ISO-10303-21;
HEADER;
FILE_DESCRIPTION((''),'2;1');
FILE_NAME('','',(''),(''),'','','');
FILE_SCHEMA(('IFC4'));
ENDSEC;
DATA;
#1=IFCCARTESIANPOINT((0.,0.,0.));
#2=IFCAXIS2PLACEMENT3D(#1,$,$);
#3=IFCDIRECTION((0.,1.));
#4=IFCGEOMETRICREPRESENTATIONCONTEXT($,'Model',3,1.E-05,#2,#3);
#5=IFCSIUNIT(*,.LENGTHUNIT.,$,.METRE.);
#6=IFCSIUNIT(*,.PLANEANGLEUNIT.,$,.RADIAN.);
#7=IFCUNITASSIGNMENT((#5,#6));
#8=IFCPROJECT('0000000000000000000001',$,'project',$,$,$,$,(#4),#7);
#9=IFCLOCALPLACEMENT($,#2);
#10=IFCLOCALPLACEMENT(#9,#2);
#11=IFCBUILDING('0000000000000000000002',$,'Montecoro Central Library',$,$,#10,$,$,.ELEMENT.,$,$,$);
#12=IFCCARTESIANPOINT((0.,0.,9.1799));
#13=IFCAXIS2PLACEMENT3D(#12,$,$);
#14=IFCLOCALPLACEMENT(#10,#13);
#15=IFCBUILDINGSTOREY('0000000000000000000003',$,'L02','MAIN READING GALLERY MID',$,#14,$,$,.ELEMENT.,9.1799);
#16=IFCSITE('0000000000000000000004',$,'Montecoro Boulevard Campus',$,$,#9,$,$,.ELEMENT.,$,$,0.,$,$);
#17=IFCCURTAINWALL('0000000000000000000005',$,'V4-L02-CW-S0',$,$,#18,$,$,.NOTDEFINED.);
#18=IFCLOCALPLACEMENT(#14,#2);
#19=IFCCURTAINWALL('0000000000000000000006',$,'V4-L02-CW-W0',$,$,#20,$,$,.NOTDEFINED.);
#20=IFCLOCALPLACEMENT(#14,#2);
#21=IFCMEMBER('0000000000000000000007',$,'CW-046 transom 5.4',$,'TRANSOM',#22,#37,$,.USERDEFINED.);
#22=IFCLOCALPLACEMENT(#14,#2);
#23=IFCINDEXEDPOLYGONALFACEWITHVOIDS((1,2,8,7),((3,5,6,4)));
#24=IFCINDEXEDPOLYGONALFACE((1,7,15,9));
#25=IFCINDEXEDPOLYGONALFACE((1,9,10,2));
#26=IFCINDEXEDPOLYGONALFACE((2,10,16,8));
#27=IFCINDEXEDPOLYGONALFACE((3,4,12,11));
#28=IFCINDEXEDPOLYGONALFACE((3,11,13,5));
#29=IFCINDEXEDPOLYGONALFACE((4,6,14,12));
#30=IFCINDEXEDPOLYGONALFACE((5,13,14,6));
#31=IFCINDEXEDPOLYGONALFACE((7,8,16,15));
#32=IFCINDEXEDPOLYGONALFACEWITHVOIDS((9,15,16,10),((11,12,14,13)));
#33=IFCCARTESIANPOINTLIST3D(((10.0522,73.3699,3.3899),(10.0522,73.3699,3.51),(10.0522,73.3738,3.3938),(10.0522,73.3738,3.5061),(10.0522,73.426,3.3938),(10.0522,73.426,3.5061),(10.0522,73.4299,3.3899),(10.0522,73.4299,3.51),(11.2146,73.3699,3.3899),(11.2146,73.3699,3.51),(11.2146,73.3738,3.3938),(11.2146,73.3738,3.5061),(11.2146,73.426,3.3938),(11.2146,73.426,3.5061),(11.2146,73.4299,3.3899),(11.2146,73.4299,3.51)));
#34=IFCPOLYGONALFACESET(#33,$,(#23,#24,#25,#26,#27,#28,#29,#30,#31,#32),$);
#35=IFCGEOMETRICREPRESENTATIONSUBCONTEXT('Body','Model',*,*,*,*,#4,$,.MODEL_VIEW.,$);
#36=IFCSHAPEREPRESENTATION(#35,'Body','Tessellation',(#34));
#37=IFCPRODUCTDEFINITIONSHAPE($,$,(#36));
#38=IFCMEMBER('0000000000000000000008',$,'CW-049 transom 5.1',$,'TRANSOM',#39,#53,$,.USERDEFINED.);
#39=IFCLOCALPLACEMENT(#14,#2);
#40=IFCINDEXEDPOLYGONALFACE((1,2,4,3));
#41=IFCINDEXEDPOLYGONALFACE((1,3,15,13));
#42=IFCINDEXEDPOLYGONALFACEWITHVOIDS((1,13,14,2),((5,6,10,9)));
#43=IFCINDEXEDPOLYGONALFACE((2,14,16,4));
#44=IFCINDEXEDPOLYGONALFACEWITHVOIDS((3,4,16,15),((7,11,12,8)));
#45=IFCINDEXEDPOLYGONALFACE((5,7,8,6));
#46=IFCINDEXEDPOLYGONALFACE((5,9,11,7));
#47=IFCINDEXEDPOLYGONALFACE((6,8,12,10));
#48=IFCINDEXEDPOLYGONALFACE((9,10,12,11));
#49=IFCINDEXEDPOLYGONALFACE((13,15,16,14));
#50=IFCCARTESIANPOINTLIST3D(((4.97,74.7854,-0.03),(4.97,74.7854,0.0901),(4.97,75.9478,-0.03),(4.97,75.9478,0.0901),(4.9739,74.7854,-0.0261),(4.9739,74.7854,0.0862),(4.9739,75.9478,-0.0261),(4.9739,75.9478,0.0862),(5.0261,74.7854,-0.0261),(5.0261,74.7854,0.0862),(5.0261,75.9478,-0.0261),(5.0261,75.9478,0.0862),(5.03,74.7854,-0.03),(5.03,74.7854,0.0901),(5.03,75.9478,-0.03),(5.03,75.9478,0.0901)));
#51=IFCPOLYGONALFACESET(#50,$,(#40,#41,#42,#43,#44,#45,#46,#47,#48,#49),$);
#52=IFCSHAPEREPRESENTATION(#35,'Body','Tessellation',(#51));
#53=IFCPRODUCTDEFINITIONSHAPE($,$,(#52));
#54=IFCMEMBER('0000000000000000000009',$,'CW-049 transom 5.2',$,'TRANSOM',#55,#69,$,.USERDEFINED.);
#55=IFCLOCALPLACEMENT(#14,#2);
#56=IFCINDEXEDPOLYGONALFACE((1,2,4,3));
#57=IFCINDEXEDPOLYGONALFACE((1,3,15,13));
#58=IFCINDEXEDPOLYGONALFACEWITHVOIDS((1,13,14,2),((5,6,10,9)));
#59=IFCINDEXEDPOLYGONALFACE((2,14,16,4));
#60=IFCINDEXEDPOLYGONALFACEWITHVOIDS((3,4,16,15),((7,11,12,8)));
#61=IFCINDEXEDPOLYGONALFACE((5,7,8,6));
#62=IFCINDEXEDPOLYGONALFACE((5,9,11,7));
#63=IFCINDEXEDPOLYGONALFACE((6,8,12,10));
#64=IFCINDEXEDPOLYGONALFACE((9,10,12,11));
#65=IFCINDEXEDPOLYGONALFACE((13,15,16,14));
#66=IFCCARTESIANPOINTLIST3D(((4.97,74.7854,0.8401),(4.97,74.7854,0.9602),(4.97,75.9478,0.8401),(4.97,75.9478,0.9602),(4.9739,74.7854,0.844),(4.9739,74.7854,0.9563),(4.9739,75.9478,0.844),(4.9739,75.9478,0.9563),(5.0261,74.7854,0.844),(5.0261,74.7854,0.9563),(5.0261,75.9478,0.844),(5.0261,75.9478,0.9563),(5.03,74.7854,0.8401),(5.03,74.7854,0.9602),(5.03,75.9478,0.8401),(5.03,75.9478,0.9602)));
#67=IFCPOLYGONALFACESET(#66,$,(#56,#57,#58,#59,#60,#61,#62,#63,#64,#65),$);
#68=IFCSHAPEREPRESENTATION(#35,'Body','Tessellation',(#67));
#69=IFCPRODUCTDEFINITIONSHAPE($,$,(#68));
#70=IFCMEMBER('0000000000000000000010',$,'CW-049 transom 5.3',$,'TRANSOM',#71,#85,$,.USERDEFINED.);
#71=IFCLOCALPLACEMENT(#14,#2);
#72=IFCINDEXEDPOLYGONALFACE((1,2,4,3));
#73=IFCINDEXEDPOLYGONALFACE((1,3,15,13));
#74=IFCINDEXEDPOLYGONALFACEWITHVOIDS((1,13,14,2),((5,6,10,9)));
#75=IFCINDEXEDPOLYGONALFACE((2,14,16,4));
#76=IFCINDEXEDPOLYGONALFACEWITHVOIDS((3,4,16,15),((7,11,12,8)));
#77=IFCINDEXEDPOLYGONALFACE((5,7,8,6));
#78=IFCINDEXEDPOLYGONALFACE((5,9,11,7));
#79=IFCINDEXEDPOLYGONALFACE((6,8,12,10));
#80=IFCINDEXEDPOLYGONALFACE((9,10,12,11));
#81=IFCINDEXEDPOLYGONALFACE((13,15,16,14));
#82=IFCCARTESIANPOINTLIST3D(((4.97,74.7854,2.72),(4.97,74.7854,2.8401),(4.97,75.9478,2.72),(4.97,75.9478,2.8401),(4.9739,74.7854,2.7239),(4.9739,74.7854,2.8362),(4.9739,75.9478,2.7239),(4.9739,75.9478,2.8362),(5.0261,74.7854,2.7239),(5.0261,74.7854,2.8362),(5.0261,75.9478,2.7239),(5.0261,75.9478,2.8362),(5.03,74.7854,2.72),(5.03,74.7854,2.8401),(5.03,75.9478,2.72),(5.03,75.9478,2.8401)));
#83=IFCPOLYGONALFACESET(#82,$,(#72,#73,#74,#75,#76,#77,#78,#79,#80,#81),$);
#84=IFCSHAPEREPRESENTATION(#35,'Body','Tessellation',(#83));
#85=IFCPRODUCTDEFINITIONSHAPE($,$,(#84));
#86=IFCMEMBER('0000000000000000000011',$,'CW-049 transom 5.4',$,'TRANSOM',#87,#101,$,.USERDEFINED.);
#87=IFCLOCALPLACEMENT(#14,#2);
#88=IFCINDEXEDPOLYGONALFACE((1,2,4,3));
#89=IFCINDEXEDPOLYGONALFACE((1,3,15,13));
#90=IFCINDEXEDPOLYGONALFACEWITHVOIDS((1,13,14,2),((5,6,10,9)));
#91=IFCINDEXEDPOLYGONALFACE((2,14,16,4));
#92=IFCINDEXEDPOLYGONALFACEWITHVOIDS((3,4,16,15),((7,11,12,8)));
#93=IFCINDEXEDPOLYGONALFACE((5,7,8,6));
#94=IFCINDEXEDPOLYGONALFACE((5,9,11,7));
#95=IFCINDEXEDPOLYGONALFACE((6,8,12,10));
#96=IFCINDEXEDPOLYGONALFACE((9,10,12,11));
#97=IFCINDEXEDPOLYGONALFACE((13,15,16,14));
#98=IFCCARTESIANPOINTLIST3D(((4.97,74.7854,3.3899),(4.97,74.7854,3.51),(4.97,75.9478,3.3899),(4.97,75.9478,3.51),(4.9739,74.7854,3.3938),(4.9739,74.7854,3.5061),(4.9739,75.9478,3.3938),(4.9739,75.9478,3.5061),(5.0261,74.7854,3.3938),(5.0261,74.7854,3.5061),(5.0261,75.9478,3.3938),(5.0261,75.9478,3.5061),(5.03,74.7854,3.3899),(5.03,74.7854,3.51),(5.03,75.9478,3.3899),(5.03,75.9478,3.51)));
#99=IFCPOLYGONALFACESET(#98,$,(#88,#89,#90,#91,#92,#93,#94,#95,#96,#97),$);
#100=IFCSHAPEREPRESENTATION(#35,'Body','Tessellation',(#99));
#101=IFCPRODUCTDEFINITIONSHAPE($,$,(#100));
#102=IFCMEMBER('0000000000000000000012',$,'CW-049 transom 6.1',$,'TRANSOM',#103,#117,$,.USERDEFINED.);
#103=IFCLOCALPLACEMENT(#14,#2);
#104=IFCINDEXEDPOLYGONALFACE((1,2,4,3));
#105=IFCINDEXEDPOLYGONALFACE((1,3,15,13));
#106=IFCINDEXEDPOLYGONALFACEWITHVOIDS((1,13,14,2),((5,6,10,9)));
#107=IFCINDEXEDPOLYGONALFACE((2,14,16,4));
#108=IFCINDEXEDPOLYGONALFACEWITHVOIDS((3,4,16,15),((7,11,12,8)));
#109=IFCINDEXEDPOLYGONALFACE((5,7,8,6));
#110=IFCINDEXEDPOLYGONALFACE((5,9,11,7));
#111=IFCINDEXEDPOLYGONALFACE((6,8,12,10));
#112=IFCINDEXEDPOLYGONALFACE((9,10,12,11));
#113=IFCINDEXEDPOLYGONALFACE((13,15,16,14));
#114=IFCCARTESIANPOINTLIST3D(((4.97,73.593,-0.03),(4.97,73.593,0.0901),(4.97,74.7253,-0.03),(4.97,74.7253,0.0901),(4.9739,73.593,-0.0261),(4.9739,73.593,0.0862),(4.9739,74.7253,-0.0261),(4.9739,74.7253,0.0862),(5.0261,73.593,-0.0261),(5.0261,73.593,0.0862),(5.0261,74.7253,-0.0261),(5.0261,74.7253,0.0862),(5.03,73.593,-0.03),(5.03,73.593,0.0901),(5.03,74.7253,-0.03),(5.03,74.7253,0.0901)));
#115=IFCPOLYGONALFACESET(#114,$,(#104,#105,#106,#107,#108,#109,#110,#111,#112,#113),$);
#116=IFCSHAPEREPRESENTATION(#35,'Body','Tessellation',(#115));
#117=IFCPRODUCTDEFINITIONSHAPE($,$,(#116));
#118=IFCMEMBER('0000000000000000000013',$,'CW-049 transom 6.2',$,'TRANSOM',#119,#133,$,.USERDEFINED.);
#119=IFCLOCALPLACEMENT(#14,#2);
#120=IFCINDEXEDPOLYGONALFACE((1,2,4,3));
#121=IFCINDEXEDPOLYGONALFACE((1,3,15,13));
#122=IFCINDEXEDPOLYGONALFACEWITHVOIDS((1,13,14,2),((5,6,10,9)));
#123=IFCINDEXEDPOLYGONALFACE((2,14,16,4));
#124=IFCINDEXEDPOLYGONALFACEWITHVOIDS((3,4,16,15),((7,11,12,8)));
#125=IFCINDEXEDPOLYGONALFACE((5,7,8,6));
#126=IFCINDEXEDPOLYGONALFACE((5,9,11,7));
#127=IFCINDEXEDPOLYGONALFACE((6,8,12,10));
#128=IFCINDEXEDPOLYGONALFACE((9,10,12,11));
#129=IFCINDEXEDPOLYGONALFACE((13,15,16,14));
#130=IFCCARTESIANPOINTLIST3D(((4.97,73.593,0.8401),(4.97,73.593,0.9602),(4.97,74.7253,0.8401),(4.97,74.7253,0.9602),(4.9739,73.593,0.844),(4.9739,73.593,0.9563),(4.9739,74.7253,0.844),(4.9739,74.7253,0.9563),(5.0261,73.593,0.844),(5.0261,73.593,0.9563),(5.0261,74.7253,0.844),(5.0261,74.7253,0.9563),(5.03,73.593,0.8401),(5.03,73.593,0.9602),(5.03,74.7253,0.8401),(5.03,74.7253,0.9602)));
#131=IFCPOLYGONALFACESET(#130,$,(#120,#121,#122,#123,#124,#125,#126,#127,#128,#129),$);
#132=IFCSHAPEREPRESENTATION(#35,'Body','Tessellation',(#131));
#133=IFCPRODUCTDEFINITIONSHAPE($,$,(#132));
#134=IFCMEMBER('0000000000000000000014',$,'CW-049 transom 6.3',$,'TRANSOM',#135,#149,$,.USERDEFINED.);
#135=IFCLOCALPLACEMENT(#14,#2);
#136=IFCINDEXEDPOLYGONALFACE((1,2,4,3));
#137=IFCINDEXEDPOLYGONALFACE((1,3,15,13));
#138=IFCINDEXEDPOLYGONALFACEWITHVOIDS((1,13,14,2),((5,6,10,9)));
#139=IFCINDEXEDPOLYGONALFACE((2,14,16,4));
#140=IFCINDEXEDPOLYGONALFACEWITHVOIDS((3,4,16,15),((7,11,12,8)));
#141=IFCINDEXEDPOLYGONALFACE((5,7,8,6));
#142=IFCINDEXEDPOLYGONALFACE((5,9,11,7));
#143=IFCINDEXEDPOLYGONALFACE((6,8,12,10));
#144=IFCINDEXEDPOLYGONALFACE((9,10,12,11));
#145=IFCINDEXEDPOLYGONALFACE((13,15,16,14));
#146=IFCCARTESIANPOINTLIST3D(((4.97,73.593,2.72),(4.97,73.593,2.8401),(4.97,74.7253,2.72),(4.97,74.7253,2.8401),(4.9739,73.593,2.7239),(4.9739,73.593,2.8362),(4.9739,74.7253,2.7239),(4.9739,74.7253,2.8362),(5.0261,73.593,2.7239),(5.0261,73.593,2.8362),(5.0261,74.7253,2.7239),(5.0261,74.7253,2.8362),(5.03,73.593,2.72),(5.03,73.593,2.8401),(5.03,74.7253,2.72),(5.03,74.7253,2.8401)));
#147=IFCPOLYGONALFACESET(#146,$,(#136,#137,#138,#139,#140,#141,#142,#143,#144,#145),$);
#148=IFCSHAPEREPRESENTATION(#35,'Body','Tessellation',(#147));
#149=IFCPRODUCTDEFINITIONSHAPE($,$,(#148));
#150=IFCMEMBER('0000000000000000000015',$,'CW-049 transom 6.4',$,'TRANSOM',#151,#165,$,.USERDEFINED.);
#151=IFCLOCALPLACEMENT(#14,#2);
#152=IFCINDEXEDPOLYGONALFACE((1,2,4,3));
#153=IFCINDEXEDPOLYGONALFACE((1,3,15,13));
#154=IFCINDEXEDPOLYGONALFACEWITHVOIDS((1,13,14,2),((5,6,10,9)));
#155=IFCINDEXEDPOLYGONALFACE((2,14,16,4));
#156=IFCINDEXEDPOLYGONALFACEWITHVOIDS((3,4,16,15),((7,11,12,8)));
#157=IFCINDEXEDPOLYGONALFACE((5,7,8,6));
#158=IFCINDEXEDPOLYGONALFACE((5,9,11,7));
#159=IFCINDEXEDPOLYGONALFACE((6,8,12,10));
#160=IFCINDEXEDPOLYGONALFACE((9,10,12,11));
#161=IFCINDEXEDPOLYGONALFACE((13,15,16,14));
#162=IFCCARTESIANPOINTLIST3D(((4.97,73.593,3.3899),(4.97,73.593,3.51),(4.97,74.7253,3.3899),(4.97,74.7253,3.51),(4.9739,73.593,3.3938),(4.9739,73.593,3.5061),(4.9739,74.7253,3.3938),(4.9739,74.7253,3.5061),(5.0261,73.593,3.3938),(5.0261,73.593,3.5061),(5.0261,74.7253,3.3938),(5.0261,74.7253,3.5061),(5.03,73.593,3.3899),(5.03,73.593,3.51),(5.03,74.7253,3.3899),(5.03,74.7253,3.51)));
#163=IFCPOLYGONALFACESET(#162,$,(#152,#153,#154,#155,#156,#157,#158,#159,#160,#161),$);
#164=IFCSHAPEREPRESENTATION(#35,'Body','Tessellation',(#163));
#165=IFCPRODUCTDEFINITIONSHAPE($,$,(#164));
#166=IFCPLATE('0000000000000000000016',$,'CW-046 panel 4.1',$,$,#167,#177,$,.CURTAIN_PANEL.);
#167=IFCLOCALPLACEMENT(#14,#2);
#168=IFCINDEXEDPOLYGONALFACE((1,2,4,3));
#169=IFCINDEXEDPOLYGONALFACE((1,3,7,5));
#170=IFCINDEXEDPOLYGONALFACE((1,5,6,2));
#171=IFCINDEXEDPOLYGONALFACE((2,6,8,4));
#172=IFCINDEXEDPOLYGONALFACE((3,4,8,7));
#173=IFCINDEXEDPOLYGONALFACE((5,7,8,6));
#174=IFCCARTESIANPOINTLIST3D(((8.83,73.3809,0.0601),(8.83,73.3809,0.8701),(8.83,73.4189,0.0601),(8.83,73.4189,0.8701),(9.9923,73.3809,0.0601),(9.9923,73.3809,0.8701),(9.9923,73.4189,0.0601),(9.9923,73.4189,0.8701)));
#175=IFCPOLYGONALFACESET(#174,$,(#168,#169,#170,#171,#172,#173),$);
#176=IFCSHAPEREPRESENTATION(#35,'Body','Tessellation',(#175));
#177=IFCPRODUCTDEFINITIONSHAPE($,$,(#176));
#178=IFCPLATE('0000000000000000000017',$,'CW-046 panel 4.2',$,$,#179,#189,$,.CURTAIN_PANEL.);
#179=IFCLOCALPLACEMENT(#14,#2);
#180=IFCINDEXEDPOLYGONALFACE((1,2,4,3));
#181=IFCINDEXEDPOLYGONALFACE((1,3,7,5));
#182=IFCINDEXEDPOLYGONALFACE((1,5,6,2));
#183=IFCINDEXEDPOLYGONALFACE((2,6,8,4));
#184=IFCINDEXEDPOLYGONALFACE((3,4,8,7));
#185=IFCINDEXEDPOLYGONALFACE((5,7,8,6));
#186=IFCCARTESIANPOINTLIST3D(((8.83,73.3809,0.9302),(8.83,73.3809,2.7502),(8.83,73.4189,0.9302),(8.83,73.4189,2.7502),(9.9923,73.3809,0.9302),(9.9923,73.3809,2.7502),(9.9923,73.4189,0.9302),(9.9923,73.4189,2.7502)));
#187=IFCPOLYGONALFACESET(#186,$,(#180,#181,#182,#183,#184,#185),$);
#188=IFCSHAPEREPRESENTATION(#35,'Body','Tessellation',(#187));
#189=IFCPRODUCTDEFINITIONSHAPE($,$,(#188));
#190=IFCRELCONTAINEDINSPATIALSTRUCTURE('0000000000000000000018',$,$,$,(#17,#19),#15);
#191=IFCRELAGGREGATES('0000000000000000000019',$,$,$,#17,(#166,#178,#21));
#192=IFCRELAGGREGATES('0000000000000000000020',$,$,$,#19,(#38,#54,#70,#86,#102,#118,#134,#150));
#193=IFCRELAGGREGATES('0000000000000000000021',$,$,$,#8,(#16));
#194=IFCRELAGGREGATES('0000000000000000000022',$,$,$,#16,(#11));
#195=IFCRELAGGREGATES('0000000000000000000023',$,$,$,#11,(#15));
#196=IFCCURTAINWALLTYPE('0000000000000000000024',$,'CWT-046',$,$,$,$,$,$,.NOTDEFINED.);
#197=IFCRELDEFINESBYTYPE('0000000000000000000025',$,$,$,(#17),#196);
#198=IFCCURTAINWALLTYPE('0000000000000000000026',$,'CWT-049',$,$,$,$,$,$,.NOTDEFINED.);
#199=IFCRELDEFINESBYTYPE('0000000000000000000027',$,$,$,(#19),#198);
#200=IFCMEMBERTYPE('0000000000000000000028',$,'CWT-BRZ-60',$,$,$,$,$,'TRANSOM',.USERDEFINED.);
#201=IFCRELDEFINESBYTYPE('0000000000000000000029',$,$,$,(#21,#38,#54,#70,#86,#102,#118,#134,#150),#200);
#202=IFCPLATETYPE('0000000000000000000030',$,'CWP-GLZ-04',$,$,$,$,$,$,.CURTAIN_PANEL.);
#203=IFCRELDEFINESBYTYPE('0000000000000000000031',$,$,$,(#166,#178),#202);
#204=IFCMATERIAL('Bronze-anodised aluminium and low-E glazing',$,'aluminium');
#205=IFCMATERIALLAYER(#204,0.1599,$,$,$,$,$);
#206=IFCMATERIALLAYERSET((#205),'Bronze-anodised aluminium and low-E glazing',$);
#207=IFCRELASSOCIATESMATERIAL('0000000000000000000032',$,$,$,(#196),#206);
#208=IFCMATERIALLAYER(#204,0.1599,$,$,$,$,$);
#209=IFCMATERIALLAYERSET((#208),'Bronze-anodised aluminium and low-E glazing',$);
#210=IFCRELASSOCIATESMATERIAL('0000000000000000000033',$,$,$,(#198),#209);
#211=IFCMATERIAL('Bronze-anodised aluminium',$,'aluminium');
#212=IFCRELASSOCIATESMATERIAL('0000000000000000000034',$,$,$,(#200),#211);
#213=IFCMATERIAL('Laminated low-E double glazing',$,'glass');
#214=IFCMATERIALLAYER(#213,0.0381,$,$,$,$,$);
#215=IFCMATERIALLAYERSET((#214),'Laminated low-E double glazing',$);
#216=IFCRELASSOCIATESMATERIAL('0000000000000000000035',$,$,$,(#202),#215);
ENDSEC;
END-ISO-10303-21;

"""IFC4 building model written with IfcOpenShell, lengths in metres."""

from ifc_helpers import new_model, si_unit, direction, frame, origin, origin_2d, place, context, subcontext, project, spatial, rectangle, hollow_rectangle, extrude, material, layer, layer_set, material_profile, profile_set, type_object, element, aggregate, save


model = new_model("IFC4")

# Units and contexts
model_context = context("Model", 3, precision=1e-05, world=origin(), true_north=direction((0.0, 1.0)))
body_context = subcontext(model_context, "Body", "Model", "MODEL_VIEW")
ifc_project = project(units=[si_unit("LENGTHUNIT", "METRE"), si_unit("PLANEANGLEUNIT", "RADIAN")], contexts=[model_context])

# Site, building, storey
site_placement = place(None, origin())
site = spatial("IfcSite", under=ifc_project, at=site_placement, Name="Montecoro Boulevard Campus", CompositionType="ELEMENT", RefElevation=0.0)
building_placement = place(site_placement, origin())
building = spatial("IfcBuilding", under=site, at=building_placement, Name="Montecoro Central Library", CompositionType="ELEMENT")
storey_placement = place(building_placement, frame((0.0, 0.0, 9.1799)))
storey = spatial("IfcBuildingStorey", under=building, at=storey_placement, Name="L02", Description="MAIN READING GALLERY MID", CompositionType="ELEMENT", Elevation=9.1799)

# Curtain wall
ifc_material_1 = material(Name="Bronze-anodised aluminium and low-E glazing", Category="aluminium")
ifc_layer_1 = layer(ifc_material_1, 0.1599)
ifc_layer_set_1 = layer_set([ifc_layer_1], Name="Bronze-anodised aluminium and low-E glazing")
curtain_wall_type_1 = type_object("IfcCurtainWallType", Name="CWT-046", PredefinedType="NOTDEFINED", material=ifc_layer_set_1)
curtain_wall_1_placement = place(storey_placement, origin())
curtain_wall_1 = element("IfcCurtainWall", 1, at=curtain_wall_1_placement, inside=storey, type_object=curtain_wall_type_1, Name="V4-L02-CW-S0", PredefinedType="NOTDEFINED")
ifc_material_2 = material(Name="Bronze-anodised aluminium", Category="aluminium")

# Curtain wall
ifc_layer_2 = layer(ifc_material_1, 0.1599)
ifc_layer_set_2 = layer_set([ifc_layer_2], Name="Bronze-anodised aluminium and low-E glazing")
curtain_wall_type_2 = type_object("IfcCurtainWallType", Name="CWT-049", PredefinedType="NOTDEFINED", material=ifc_layer_set_2)
curtain_wall_2_placement = place(storey_placement, origin())
curtain_wall_2 = element("IfcCurtainWall", 2, at=curtain_wall_2_placement, inside=storey, type_object=curtain_wall_type_2, Name="V4-L02-CW-W0", PredefinedType="NOTDEFINED")

# Members
ifc_material_profile_1 = material_profile(ifc_material_2, hollow_rectangle(XDim=0.0601, YDim=0.1201, WallThickness=0.0039, at=origin_2d()), Name="CWT 120x60x4.0")
ifc_profile_set_1 = profile_set([ifc_material_profile_1], Name="Bronze-anodised aluminium")
member_type_1 = type_object("IfcMemberType", Name="CWT-BRZ-60", ElementType="TRANSOM", PredefinedType="USERDEFINED", material=ifc_profile_set_1)
member_1_placement = place(storey_placement, frame((10.0522, 73.3999, 3.45), z_axis=(1.0, 0.0, 0.0), x_axis=(0.0, 1.0, 0.0)))
member_1 = element("IfcMember", 3, at=member_1_placement, type_object=member_type_1, Name="CW-046 transom 5.4", ObjectType="TRANSOM", PredefinedType="USERDEFINED", context=body_context, shape_type="SweptSolid", body=[
    extrude(hollow_rectangle(XDim=0.0601, YDim=0.1201, WallThickness=0.0039, at=origin_2d()), origin(), (0.0, 0.0, 1.0), 1.1624),
])
member_2_placement = place(storey_placement, frame((5.0, 75.9478, 0.03), z_axis=(0.0, -1.0, 0.0), x_axis=(1.0, 0.0, 0.0)))
member_2 = element("IfcMember", 4, at=member_2_placement, type_object=member_type_1, Name="CW-049 transom 5.1", ObjectType="TRANSOM", PredefinedType="USERDEFINED", context=body_context, shape_type="SweptSolid", body=[
    extrude(hollow_rectangle(XDim=0.0601, YDim=0.1201, WallThickness=0.0039, at=origin_2d()), origin(), (0.0, 0.0, 1.0), 1.1624),
])
member_3_placement = place(storey_placement, frame((5.0, 75.9478, 0.9001), z_axis=(0.0, -1.0, 0.0), x_axis=(1.0, 0.0, 0.0)))
member_3 = element("IfcMember", 5, at=member_3_placement, type_object=member_type_1, Name="CW-049 transom 5.2", ObjectType="TRANSOM", PredefinedType="USERDEFINED", context=body_context, shape_type="SweptSolid", body=[
    extrude(hollow_rectangle(XDim=0.0601, YDim=0.1201, WallThickness=0.0039, at=origin_2d()), origin(), (0.0, 0.0, 1.0), 1.1624),
])
member_4_placement = place(storey_placement, frame((5.0, 75.9478, 2.78), z_axis=(0.0, -1.0, 0.0), x_axis=(1.0, 0.0, 0.0)))
member_4 = element("IfcMember", 6, at=member_4_placement, type_object=member_type_1, Name="CW-049 transom 5.3", ObjectType="TRANSOM", PredefinedType="USERDEFINED", context=body_context, shape_type="SweptSolid", body=[
    extrude(hollow_rectangle(XDim=0.0601, YDim=0.1201, WallThickness=0.0039, at=origin_2d()), origin(), (0.0, 0.0, 1.0), 1.1624),
])
member_5_placement = place(storey_placement, frame((5.0, 75.9478, 3.45), z_axis=(0.0, -1.0, 0.0), x_axis=(1.0, 0.0, 0.0)))
member_5 = element("IfcMember", 7, at=member_5_placement, type_object=member_type_1, Name="CW-049 transom 5.4", ObjectType="TRANSOM", PredefinedType="USERDEFINED", context=body_context, shape_type="SweptSolid", body=[
    extrude(hollow_rectangle(XDim=0.0601, YDim=0.1201, WallThickness=0.0039, at=origin_2d()), origin(), (0.0, 0.0, 1.0), 1.1624),
])
member_6_placement = place(storey_placement, frame((5.0, 74.7253, 0.03), z_axis=(0.0, -1.0, 0.0), x_axis=(1.0, 0.0, 0.0)))
member_6 = element("IfcMember", 8, at=member_6_placement, type_object=member_type_1, Name="CW-049 transom 6.1", ObjectType="TRANSOM", PredefinedType="USERDEFINED", context=body_context, shape_type="SweptSolid", body=[
    extrude(hollow_rectangle(XDim=0.0601, YDim=0.1201, WallThickness=0.0039, at=origin_2d()), origin(), (0.0, 0.0, 1.0), 1.1323),
])
member_7_placement = place(storey_placement, frame((5.0, 74.7253, 0.9001), z_axis=(0.0, -1.0, 0.0), x_axis=(1.0, 0.0, 0.0)))
member_7 = element("IfcMember", 9, at=member_7_placement, type_object=member_type_1, Name="CW-049 transom 6.2", ObjectType="TRANSOM", PredefinedType="USERDEFINED", context=body_context, shape_type="SweptSolid", body=[
    extrude(hollow_rectangle(XDim=0.0601, YDim=0.1201, WallThickness=0.0039, at=origin_2d()), origin(), (0.0, 0.0, 1.0), 1.1323),
])
member_8_placement = place(storey_placement, frame((5.0, 74.7253, 2.78), z_axis=(0.0, -1.0, 0.0), x_axis=(1.0, 0.0, 0.0)))
member_8 = element("IfcMember", 10, at=member_8_placement, type_object=member_type_1, Name="CW-049 transom 6.3", ObjectType="TRANSOM", PredefinedType="USERDEFINED", context=body_context, shape_type="SweptSolid", body=[
    extrude(hollow_rectangle(XDim=0.0601, YDim=0.1201, WallThickness=0.0039, at=origin_2d()), origin(), (0.0, 0.0, 1.0), 1.1323),
])
member_9_placement = place(storey_placement, frame((5.0, 74.7253, 3.45), z_axis=(0.0, -1.0, 0.0), x_axis=(1.0, 0.0, 0.0)))
member_9 = element("IfcMember", 11, at=member_9_placement, type_object=member_type_1, Name="CW-049 transom 6.4", ObjectType="TRANSOM", PredefinedType="USERDEFINED", context=body_context, shape_type="SweptSolid", body=[
    extrude(hollow_rectangle(XDim=0.0601, YDim=0.1201, WallThickness=0.0039, at=origin_2d()), origin(), (0.0, 0.0, 1.0), 1.1323),
])

# Plates
ifc_material_3 = material(Name="Laminated low-E double glazing", Category="glass")
ifc_layer_3 = layer(ifc_material_3, 0.0381)
ifc_layer_set_3 = layer_set([ifc_layer_3], Name="Laminated low-E double glazing")
plate_type = type_object("IfcPlateType", Name="CWP-GLZ-04", PredefinedType="CURTAIN_PANEL", material=ifc_layer_set_3)
plate_1_placement = place(storey_placement, frame((9.4111, 73.3999, 0.0601), z_axis=(0.0, 0.0, 1.0), x_axis=(1.0, 0.0, 0.0)))
plate_1 = element("IfcPlate", 12, at=plate_1_placement, type_object=plate_type, Name="CW-046 panel 4.1", PredefinedType="CURTAIN_PANEL", context=body_context, shape_type="SweptSolid", body=[
    extrude(rectangle(XDim=1.1624, YDim=0.0381, at=origin_2d()), origin(), (0.0, 0.0, 1.0), 0.8101),
])
plate_2_placement = place(storey_placement, frame((9.4111, 73.3999, 0.9302), z_axis=(0.0, 0.0, 1.0), x_axis=(1.0, 0.0, 0.0)))
plate_2 = element("IfcPlate", 13, at=plate_2_placement, type_object=plate_type, Name="CW-046 panel 4.2", PredefinedType="CURTAIN_PANEL", context=body_context, shape_type="SweptSolid", body=[
    extrude(rectangle(XDim=1.1624, YDim=0.0381, at=origin_2d()), origin(), (0.0, 0.0, 1.0), 1.8201),
])
aggregate(curtain_wall_1, [plate_1, plate_2, member_1])
aggregate(curtain_wall_2, [member_2, member_3, member_4, member_5, member_6, member_7, member_8, member_9])

save(model, "model.ifc")
